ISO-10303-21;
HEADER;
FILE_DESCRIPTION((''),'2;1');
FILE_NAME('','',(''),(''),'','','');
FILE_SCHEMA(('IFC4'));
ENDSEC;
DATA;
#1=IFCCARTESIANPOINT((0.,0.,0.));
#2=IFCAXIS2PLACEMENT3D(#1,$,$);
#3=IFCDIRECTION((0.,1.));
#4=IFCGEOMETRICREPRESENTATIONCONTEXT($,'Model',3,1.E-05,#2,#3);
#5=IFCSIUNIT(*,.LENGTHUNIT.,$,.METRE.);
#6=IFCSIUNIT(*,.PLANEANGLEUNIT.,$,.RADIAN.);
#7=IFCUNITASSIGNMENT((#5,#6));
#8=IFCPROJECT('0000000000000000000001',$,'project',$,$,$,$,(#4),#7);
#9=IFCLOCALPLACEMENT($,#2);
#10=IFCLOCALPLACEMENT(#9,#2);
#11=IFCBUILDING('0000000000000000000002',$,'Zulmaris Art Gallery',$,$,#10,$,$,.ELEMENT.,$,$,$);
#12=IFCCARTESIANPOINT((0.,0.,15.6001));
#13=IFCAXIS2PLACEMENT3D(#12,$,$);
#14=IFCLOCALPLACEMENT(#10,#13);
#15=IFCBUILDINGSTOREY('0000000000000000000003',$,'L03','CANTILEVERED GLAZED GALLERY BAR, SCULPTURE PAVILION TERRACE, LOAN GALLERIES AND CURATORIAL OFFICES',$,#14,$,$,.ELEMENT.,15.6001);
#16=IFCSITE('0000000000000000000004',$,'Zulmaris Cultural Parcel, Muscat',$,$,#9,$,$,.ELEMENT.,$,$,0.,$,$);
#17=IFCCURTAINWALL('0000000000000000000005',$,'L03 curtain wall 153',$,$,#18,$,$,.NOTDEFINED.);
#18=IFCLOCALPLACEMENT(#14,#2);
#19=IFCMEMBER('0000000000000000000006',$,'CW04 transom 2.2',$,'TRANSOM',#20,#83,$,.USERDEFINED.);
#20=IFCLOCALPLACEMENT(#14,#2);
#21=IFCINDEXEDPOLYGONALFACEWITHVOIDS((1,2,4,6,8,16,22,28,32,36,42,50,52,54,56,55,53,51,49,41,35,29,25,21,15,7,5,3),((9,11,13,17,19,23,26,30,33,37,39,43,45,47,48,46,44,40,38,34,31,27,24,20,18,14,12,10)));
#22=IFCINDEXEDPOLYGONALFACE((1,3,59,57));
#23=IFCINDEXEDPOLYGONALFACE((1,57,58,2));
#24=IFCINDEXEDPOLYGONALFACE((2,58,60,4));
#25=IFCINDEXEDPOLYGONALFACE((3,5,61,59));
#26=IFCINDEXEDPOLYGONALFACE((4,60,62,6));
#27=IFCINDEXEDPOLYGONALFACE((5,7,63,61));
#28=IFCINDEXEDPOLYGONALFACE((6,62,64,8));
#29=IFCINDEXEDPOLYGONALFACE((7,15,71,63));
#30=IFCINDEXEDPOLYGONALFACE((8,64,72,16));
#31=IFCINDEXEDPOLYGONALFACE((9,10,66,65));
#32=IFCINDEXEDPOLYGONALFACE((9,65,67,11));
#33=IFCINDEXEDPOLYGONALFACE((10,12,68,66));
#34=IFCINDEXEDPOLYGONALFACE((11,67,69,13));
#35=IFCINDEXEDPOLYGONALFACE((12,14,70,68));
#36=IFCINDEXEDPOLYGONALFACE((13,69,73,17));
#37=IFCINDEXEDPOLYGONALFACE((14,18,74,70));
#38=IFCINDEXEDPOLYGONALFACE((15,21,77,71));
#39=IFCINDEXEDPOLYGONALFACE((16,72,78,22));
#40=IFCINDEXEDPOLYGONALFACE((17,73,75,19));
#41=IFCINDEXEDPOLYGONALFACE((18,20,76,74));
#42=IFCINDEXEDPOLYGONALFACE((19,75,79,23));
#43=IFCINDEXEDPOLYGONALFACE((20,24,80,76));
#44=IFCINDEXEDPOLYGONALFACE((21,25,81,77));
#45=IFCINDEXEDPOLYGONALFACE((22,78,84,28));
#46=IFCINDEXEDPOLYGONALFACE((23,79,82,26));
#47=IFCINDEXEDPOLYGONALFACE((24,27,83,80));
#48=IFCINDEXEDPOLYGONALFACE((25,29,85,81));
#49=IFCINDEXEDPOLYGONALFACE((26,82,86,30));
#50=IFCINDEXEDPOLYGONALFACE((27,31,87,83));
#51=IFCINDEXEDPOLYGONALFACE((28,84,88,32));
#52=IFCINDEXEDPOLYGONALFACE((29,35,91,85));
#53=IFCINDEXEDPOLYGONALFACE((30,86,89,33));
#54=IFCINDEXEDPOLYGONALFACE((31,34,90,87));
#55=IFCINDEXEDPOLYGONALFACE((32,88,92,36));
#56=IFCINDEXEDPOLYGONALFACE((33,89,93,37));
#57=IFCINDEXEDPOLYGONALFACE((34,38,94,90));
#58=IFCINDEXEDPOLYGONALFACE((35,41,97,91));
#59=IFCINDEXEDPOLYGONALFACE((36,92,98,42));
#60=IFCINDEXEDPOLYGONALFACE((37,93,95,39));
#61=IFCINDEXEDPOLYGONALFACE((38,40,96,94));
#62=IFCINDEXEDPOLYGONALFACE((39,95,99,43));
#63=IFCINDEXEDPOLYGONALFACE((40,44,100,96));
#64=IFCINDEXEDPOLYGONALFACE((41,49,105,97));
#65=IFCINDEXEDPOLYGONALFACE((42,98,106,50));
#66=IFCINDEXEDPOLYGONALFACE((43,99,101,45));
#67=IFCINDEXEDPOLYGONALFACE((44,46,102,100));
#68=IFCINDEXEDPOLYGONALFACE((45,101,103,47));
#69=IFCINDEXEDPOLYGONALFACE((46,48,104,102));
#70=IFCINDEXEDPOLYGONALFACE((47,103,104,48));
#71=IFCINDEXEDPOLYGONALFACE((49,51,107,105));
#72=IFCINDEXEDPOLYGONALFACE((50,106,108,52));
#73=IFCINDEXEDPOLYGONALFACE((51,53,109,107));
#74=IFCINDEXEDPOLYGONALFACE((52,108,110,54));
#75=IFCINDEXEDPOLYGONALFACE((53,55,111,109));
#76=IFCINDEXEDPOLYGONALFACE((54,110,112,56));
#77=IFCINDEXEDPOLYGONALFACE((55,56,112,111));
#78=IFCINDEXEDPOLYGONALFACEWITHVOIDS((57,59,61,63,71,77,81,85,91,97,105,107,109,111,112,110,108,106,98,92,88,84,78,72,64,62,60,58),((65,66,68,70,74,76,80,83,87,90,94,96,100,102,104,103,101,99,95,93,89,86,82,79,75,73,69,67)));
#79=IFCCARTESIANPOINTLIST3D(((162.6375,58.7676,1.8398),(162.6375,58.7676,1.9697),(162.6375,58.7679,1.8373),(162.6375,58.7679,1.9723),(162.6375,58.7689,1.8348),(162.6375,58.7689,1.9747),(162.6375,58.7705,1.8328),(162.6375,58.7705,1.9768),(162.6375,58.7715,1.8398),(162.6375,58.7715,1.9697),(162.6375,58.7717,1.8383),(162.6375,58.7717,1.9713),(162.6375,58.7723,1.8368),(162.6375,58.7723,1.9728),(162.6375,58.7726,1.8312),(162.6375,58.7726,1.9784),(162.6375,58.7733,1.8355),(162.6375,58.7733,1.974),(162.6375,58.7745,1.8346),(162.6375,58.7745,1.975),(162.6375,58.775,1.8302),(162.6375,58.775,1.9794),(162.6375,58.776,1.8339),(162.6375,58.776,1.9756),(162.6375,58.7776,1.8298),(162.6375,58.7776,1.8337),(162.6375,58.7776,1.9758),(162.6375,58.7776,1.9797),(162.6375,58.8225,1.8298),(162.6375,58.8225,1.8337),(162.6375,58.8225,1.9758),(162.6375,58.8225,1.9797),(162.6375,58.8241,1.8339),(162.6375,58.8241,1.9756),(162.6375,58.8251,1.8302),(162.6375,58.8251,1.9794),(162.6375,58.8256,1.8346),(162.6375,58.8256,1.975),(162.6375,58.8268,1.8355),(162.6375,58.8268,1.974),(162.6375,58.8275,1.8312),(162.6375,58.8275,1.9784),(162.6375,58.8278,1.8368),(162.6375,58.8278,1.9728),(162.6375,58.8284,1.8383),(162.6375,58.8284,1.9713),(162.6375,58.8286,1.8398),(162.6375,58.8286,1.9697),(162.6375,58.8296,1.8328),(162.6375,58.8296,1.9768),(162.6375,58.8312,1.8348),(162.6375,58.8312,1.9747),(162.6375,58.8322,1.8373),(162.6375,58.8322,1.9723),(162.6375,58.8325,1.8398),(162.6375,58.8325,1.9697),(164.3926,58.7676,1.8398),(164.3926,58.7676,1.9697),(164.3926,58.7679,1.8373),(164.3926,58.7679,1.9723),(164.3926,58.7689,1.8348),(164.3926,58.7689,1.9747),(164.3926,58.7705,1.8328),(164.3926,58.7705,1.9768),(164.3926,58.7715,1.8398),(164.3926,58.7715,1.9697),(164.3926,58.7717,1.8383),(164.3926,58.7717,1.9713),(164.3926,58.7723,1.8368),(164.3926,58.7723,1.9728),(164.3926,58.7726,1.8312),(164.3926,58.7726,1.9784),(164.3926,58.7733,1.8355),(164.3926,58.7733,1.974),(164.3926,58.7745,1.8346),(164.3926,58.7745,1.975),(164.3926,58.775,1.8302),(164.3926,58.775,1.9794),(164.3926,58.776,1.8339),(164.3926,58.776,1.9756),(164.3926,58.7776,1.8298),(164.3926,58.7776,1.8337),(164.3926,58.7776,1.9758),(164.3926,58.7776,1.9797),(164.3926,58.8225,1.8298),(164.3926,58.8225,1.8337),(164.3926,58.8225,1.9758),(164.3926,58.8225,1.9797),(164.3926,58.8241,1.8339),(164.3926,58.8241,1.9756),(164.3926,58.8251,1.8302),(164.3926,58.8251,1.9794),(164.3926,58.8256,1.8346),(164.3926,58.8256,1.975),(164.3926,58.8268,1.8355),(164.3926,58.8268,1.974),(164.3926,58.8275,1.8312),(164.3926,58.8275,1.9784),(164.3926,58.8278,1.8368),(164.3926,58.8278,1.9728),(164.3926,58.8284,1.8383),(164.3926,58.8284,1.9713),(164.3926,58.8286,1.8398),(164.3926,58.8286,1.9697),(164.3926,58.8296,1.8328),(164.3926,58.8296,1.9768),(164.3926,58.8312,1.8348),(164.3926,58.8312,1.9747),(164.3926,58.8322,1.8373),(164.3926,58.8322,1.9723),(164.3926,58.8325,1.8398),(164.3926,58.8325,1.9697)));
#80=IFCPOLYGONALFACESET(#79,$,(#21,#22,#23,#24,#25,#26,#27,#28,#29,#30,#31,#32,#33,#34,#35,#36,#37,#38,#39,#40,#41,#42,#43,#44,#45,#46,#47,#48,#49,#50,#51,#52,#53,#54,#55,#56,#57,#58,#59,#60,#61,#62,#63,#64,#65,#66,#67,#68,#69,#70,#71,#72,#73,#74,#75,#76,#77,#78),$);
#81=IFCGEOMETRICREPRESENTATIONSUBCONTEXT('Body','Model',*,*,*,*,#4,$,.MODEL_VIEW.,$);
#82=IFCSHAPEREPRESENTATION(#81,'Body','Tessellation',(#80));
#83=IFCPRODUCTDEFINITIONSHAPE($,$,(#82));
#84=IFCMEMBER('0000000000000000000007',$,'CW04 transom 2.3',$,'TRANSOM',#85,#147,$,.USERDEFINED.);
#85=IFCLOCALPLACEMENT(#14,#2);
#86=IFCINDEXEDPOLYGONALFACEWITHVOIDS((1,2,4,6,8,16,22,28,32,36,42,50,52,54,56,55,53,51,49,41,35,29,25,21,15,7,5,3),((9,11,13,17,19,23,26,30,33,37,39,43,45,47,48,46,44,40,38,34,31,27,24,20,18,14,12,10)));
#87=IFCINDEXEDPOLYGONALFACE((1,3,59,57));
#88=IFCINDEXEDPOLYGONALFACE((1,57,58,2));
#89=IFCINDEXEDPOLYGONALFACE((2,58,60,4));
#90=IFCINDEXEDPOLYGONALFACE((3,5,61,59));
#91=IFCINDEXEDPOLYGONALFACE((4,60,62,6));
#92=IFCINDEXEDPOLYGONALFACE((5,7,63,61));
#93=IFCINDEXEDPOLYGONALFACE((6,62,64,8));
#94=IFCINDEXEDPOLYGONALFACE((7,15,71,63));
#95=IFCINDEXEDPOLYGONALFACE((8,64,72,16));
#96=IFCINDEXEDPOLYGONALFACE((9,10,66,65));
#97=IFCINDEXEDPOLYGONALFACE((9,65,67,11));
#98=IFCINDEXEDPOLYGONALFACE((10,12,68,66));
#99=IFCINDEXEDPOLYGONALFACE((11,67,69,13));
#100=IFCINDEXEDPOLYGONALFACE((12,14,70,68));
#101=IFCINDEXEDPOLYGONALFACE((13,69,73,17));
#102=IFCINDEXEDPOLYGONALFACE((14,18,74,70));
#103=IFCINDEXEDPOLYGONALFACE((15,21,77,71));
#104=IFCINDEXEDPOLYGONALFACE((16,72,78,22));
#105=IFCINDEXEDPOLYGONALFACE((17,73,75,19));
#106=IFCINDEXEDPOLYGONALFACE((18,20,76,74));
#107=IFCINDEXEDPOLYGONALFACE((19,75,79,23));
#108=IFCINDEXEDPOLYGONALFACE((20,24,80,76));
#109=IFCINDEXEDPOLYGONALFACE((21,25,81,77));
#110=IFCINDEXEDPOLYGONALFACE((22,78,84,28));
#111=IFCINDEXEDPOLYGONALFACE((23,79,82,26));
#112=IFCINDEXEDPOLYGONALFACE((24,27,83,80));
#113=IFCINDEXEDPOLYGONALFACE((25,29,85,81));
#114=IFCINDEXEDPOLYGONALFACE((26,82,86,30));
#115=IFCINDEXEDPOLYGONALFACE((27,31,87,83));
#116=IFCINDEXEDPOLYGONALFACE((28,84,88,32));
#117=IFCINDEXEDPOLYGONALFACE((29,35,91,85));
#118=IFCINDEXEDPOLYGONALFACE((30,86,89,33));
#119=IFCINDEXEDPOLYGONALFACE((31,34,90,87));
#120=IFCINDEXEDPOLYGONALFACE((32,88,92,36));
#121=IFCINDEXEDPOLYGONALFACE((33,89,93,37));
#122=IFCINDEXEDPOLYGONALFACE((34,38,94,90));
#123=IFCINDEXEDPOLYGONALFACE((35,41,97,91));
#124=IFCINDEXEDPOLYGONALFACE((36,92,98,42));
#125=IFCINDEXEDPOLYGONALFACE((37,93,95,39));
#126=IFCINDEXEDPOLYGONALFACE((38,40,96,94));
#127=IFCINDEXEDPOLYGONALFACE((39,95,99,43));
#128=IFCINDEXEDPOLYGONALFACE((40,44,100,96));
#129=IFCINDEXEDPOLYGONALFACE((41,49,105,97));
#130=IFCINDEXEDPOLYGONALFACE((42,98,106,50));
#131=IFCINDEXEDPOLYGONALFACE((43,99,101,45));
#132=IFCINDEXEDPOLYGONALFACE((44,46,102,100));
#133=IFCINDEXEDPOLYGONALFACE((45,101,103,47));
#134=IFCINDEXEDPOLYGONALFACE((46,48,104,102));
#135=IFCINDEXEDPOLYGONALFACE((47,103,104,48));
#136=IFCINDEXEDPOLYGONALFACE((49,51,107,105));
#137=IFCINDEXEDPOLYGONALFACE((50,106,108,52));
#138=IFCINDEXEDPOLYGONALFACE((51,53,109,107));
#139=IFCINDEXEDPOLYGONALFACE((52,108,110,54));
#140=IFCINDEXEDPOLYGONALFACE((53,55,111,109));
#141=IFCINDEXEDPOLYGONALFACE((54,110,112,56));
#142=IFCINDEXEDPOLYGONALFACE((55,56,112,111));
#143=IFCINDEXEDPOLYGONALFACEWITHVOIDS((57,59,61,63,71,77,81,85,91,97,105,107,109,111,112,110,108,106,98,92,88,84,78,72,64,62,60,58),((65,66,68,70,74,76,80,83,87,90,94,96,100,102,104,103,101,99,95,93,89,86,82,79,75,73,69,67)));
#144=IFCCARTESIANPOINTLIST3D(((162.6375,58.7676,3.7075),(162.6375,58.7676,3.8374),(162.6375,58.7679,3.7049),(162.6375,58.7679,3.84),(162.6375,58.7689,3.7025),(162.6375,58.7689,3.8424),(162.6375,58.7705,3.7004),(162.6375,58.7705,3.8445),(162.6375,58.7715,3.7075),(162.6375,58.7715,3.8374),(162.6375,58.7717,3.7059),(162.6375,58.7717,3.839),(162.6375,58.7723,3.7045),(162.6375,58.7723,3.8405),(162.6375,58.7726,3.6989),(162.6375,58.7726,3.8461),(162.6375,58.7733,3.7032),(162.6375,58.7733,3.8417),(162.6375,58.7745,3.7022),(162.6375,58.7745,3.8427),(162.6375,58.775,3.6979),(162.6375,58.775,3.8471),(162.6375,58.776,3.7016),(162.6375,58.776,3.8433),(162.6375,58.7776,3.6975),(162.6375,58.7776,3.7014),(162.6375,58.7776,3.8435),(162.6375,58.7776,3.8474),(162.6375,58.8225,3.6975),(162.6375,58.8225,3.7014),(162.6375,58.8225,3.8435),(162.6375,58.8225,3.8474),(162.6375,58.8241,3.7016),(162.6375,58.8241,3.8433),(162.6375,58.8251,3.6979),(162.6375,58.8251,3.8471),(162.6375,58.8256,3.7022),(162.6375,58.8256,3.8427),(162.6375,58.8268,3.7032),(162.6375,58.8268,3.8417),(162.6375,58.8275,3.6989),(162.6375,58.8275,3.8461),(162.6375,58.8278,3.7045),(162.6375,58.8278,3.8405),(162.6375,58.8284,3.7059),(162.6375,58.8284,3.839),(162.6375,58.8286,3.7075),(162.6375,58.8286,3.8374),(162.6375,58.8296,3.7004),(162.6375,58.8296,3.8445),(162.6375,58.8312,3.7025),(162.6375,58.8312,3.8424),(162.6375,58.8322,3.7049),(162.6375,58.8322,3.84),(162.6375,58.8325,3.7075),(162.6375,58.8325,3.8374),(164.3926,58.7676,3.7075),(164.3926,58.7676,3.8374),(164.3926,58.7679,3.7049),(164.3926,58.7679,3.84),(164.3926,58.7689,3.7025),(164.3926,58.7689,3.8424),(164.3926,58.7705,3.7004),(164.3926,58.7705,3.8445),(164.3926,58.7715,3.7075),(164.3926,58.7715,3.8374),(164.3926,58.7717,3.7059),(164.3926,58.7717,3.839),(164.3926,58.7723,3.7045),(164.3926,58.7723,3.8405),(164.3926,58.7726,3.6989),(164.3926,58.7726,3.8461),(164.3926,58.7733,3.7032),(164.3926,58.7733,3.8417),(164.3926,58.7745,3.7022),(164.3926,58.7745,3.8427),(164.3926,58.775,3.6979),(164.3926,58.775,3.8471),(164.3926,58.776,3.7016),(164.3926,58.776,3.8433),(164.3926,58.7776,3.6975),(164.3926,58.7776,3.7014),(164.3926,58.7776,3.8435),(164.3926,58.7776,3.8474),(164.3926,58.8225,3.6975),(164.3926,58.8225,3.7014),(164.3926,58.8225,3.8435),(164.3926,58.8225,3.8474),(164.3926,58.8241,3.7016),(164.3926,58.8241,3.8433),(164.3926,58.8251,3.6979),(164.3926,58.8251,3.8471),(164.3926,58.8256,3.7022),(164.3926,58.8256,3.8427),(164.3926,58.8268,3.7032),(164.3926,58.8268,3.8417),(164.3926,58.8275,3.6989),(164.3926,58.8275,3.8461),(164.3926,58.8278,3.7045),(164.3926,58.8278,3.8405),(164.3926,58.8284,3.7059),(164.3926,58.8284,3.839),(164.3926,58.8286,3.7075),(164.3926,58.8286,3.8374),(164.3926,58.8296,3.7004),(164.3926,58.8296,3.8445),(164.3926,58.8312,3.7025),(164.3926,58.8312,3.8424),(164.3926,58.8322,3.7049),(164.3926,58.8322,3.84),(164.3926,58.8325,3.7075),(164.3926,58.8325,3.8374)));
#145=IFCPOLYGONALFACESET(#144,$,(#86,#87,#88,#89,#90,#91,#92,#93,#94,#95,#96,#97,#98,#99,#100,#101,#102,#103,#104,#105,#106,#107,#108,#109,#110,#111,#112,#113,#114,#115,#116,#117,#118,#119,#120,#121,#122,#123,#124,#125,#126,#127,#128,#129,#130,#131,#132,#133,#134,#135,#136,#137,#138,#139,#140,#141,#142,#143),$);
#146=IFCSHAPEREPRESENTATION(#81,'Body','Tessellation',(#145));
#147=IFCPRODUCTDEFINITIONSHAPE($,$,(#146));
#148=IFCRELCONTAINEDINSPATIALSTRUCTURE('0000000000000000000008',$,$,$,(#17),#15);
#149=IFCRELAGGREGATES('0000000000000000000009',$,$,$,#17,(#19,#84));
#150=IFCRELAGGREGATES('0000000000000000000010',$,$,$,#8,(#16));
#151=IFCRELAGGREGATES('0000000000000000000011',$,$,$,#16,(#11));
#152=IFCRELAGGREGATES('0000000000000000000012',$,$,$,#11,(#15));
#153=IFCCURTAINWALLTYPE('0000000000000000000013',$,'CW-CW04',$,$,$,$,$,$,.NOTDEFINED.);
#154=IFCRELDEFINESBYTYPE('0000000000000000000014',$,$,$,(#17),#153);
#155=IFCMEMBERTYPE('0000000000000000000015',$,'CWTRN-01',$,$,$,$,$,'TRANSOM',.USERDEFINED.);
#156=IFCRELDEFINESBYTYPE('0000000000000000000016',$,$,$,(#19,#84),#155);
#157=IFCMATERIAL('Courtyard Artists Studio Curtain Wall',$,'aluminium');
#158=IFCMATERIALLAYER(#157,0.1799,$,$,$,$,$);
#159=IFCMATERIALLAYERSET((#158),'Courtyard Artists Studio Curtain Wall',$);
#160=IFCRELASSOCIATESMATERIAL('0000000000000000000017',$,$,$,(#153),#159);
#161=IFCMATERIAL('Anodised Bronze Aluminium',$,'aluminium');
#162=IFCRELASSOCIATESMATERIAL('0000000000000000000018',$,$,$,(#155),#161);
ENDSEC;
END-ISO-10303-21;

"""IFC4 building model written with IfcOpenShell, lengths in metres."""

from ifc_helpers import new_model, si_unit, direction, frame, origin, origin_2d, place, context, subcontext, project, spatial, hollow_rectangle, extrude, material, layer, layer_set, material_profile, profile_set, type_object, element, aggregate, save


model = new_model("IFC4")

# Units and contexts
model_context = context("Model", 3, precision=1e-05, world=origin(), true_north=direction((0.0, 1.0)))
body_context = subcontext(model_context, "Body", "Model", "MODEL_VIEW")
ifc_project = project(units=[si_unit("LENGTHUNIT", "METRE"), si_unit("PLANEANGLEUNIT", "RADIAN")], contexts=[model_context])

# Site, building, storey
site_placement = place(None, origin())
site = spatial("IfcSite", under=ifc_project, at=site_placement, Name="Zulmaris Cultural Parcel, Muscat", CompositionType="ELEMENT", RefElevation=0.0)
building_placement = place(site_placement, origin())
building = spatial("IfcBuilding", under=site, at=building_placement, Name="Zulmaris Art Gallery", CompositionType="ELEMENT")
storey_placement = place(building_placement, frame((0.0, 0.0, 15.6001)))
storey = spatial("IfcBuildingStorey", under=building, at=storey_placement, Name="L03", Description="CANTILEVERED GLAZED GALLERY BAR, SCULPTURE PAVILION TERRACE, LOAN GALLERIES AND CURATORIAL OFFICES", CompositionType="ELEMENT", Elevation=15.6001)

# Curtain wall
ifc_material_1 = material(Name="Courtyard Artists Studio Curtain Wall", Category="aluminium")
ifc_layer_1 = layer(ifc_material_1, 0.1799)
ifc_layer_set_1 = layer_set([ifc_layer_1], Name="Courtyard Artists Studio Curtain Wall")
curtain_wall_type = type_object("IfcCurtainWallType", Name="CW-CW04", PredefinedType="NOTDEFINED", material=ifc_layer_set_1)
ifc_material_2 = material(Name="Anodised Bronze Aluminium", Category="aluminium")
curtain_wall_1_placement = place(storey_placement, origin())
curtain_wall_1 = element("IfcCurtainWall", 1, at=curtain_wall_1_placement, inside=storey, type_object=curtain_wall_type, Name="L03 curtain wall 153", PredefinedType="NOTDEFINED")

# Members
ifc_material_profile_1 = material_profile(ifc_material_2, hollow_rectangle(XDim=0.0649, YDim=0.1499, WallThickness=0.0039, InnerFilletRadius=0.0061, OuterFilletRadius=0.01, at=origin_2d()), Name="ALU 65x150x4")
ifc_profile_set_1 = profile_set([ifc_material_profile_1], Name="Anodised Bronze Aluminium")
member_type_1 = type_object("IfcMemberType", Name="CWTRN-01", ElementType="TRANSOM", PredefinedType="USERDEFINED", material=ifc_profile_set_1)
member_1_placement = place(storey_placement, frame((164.3926, 58.8, 1.9048), z_axis=(-1.0, 0.0, 0.0), x_axis=(0.0, -1.0, 0.0)))
member_1 = element("IfcMember", 2, at=member_1_placement, type_object=member_type_1, Name="CW04 transom 2.2", ObjectType="TRANSOM", PredefinedType="USERDEFINED", context=body_context, shape_type="SweptSolid", body=[
    extrude(hollow_rectangle(XDim=0.0649, YDim=0.1499, WallThickness=0.0039, InnerFilletRadius=0.0061, OuterFilletRadius=0.01, at=origin_2d()), origin(), (0.0, 0.0, 1.0), 1.7551),
])
member_2_placement = place(storey_placement, frame((164.3926, 58.8, 3.7725), z_axis=(-1.0, 0.0, 0.0), x_axis=(0.0, -1.0, 0.0)))
member_2 = element("IfcMember", 3, at=member_2_placement, type_object=member_type_1, Name="CW04 transom 2.3", ObjectType="TRANSOM", PredefinedType="USERDEFINED", context=body_context, shape_type="SweptSolid", body=[
    extrude(hollow_rectangle(XDim=0.0649, YDim=0.1499, WallThickness=0.0039, InnerFilletRadius=0.0061, OuterFilletRadius=0.01, at=origin_2d()), origin(), (0.0, 0.0, 1.0), 1.7551),
])

aggregate(curtain_wall_1, [member_1, member_2])

save(model, "model.ifc")
